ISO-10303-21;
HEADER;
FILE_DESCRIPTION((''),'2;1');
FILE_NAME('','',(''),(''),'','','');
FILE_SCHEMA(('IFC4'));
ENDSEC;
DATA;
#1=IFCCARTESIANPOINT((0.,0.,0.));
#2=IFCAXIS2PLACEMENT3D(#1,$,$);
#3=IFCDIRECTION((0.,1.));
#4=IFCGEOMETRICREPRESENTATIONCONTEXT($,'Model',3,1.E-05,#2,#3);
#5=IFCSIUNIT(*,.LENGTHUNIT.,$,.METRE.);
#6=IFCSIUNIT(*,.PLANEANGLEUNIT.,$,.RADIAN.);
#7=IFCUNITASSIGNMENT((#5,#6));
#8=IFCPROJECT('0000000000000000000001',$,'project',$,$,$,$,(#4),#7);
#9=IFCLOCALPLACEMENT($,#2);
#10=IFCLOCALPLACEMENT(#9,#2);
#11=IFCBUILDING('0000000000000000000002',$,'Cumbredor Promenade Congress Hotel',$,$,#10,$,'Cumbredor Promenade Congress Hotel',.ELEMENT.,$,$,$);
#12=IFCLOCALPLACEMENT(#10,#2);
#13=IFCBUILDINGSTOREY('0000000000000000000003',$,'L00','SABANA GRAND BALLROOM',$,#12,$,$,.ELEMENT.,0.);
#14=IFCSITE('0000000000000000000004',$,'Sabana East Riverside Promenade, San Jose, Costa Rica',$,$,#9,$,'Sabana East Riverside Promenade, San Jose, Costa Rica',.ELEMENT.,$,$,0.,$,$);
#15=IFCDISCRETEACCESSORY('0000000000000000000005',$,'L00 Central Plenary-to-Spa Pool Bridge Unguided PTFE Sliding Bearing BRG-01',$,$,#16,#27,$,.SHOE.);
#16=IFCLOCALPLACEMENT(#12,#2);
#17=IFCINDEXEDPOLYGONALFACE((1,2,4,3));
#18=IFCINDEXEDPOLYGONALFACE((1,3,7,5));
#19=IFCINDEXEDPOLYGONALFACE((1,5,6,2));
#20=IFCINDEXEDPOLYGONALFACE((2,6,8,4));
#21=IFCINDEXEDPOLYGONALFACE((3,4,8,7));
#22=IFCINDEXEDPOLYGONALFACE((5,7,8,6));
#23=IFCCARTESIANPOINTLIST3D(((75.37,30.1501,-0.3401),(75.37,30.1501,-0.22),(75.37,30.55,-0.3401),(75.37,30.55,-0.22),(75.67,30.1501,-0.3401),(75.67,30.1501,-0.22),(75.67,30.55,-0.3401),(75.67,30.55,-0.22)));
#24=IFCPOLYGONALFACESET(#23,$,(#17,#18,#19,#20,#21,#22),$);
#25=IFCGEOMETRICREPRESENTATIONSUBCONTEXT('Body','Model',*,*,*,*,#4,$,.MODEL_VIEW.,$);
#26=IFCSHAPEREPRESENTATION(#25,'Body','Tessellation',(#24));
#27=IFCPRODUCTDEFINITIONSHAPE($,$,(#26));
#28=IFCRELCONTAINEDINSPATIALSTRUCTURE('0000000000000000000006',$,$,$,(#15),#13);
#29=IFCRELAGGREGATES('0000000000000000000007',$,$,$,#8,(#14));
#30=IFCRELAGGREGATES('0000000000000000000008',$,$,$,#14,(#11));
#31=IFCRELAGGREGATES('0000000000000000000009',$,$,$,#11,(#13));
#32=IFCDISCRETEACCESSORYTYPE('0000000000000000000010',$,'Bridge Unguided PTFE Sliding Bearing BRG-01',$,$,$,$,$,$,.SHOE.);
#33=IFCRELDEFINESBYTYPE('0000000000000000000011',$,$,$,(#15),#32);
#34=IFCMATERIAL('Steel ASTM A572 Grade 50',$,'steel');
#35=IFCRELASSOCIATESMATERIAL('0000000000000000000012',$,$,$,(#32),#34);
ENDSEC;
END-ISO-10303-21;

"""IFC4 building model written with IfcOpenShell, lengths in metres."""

from ifc_helpers import new_model, si_unit, direction, frame, origin, origin_2d, place, context, subcontext, project, spatial, rectangle, extrude, material, type_object, element, save


model = new_model("IFC4")

# Units and contexts
model_context = context("Model", 3, precision=1e-05, world=origin(), true_north=direction((0.0, 1.0)))
body_context = subcontext(model_context, "Body", "Model", "MODEL_VIEW")
ifc_project = project(units=[si_unit("LENGTHUNIT", "METRE"), si_unit("PLANEANGLEUNIT", "RADIAN")], contexts=[model_context])

# Site, building, storey
site_placement = place(None, origin())
site = spatial("IfcSite", under=ifc_project, at=site_placement, Name="Sabana East Riverside Promenade, San Jose, Costa Rica", LongName="Sabana East Riverside Promenade, San Jose, Costa Rica", CompositionType="ELEMENT", RefElevation=0.0)
building_placement = place(site_placement, origin())
building = spatial("IfcBuilding", under=site, at=building_placement, Name="Cumbredor Promenade Congress Hotel", LongName="Cumbredor Promenade Congress Hotel", CompositionType="ELEMENT")
storey_placement = place(building_placement, origin())
storey = spatial("IfcBuildingStorey", under=building, at=storey_placement, Name="L00", Description="SABANA GRAND BALLROOM", CompositionType="ELEMENT", Elevation=0.0)

# Shared definitions
ifc_material_1 = material(Name="Steel ASTM A572 Grade 50", Category="steel")

# Discrete accessory
discrete_accessory_type_1 = type_object("IfcDiscreteAccessoryType", Name="Bridge Unguided PTFE Sliding Bearing BRG-01", PredefinedType="SHOE", material=ifc_material_1)
for number, where, z_axis, x_axis, name in (
    (1, (75.52, 30.3501, -0.3401), (0.0, 0.0, 1.0), (1.0, 0.0, 0.0), "L00 Central Plenary-to-Spa Pool Bridge Unguided PTFE Sliding Bearing BRG-01"),
):
    element("IfcDiscreteAccessory", number, at=place(storey_placement, frame(where, z_axis=z_axis, x_axis=x_axis)), inside=storey, type_object=discrete_accessory_type_1, Name=name, PredefinedType="SHOE", context=body_context, shape_type="SweptSolid", body=[
        extrude(rectangle(XDim=0.3, YDim=0.3999, at=origin_2d()), origin(), (0.0, 0.0, 1.0), 0.1201),
    ])

save(model, "model.ifc")
